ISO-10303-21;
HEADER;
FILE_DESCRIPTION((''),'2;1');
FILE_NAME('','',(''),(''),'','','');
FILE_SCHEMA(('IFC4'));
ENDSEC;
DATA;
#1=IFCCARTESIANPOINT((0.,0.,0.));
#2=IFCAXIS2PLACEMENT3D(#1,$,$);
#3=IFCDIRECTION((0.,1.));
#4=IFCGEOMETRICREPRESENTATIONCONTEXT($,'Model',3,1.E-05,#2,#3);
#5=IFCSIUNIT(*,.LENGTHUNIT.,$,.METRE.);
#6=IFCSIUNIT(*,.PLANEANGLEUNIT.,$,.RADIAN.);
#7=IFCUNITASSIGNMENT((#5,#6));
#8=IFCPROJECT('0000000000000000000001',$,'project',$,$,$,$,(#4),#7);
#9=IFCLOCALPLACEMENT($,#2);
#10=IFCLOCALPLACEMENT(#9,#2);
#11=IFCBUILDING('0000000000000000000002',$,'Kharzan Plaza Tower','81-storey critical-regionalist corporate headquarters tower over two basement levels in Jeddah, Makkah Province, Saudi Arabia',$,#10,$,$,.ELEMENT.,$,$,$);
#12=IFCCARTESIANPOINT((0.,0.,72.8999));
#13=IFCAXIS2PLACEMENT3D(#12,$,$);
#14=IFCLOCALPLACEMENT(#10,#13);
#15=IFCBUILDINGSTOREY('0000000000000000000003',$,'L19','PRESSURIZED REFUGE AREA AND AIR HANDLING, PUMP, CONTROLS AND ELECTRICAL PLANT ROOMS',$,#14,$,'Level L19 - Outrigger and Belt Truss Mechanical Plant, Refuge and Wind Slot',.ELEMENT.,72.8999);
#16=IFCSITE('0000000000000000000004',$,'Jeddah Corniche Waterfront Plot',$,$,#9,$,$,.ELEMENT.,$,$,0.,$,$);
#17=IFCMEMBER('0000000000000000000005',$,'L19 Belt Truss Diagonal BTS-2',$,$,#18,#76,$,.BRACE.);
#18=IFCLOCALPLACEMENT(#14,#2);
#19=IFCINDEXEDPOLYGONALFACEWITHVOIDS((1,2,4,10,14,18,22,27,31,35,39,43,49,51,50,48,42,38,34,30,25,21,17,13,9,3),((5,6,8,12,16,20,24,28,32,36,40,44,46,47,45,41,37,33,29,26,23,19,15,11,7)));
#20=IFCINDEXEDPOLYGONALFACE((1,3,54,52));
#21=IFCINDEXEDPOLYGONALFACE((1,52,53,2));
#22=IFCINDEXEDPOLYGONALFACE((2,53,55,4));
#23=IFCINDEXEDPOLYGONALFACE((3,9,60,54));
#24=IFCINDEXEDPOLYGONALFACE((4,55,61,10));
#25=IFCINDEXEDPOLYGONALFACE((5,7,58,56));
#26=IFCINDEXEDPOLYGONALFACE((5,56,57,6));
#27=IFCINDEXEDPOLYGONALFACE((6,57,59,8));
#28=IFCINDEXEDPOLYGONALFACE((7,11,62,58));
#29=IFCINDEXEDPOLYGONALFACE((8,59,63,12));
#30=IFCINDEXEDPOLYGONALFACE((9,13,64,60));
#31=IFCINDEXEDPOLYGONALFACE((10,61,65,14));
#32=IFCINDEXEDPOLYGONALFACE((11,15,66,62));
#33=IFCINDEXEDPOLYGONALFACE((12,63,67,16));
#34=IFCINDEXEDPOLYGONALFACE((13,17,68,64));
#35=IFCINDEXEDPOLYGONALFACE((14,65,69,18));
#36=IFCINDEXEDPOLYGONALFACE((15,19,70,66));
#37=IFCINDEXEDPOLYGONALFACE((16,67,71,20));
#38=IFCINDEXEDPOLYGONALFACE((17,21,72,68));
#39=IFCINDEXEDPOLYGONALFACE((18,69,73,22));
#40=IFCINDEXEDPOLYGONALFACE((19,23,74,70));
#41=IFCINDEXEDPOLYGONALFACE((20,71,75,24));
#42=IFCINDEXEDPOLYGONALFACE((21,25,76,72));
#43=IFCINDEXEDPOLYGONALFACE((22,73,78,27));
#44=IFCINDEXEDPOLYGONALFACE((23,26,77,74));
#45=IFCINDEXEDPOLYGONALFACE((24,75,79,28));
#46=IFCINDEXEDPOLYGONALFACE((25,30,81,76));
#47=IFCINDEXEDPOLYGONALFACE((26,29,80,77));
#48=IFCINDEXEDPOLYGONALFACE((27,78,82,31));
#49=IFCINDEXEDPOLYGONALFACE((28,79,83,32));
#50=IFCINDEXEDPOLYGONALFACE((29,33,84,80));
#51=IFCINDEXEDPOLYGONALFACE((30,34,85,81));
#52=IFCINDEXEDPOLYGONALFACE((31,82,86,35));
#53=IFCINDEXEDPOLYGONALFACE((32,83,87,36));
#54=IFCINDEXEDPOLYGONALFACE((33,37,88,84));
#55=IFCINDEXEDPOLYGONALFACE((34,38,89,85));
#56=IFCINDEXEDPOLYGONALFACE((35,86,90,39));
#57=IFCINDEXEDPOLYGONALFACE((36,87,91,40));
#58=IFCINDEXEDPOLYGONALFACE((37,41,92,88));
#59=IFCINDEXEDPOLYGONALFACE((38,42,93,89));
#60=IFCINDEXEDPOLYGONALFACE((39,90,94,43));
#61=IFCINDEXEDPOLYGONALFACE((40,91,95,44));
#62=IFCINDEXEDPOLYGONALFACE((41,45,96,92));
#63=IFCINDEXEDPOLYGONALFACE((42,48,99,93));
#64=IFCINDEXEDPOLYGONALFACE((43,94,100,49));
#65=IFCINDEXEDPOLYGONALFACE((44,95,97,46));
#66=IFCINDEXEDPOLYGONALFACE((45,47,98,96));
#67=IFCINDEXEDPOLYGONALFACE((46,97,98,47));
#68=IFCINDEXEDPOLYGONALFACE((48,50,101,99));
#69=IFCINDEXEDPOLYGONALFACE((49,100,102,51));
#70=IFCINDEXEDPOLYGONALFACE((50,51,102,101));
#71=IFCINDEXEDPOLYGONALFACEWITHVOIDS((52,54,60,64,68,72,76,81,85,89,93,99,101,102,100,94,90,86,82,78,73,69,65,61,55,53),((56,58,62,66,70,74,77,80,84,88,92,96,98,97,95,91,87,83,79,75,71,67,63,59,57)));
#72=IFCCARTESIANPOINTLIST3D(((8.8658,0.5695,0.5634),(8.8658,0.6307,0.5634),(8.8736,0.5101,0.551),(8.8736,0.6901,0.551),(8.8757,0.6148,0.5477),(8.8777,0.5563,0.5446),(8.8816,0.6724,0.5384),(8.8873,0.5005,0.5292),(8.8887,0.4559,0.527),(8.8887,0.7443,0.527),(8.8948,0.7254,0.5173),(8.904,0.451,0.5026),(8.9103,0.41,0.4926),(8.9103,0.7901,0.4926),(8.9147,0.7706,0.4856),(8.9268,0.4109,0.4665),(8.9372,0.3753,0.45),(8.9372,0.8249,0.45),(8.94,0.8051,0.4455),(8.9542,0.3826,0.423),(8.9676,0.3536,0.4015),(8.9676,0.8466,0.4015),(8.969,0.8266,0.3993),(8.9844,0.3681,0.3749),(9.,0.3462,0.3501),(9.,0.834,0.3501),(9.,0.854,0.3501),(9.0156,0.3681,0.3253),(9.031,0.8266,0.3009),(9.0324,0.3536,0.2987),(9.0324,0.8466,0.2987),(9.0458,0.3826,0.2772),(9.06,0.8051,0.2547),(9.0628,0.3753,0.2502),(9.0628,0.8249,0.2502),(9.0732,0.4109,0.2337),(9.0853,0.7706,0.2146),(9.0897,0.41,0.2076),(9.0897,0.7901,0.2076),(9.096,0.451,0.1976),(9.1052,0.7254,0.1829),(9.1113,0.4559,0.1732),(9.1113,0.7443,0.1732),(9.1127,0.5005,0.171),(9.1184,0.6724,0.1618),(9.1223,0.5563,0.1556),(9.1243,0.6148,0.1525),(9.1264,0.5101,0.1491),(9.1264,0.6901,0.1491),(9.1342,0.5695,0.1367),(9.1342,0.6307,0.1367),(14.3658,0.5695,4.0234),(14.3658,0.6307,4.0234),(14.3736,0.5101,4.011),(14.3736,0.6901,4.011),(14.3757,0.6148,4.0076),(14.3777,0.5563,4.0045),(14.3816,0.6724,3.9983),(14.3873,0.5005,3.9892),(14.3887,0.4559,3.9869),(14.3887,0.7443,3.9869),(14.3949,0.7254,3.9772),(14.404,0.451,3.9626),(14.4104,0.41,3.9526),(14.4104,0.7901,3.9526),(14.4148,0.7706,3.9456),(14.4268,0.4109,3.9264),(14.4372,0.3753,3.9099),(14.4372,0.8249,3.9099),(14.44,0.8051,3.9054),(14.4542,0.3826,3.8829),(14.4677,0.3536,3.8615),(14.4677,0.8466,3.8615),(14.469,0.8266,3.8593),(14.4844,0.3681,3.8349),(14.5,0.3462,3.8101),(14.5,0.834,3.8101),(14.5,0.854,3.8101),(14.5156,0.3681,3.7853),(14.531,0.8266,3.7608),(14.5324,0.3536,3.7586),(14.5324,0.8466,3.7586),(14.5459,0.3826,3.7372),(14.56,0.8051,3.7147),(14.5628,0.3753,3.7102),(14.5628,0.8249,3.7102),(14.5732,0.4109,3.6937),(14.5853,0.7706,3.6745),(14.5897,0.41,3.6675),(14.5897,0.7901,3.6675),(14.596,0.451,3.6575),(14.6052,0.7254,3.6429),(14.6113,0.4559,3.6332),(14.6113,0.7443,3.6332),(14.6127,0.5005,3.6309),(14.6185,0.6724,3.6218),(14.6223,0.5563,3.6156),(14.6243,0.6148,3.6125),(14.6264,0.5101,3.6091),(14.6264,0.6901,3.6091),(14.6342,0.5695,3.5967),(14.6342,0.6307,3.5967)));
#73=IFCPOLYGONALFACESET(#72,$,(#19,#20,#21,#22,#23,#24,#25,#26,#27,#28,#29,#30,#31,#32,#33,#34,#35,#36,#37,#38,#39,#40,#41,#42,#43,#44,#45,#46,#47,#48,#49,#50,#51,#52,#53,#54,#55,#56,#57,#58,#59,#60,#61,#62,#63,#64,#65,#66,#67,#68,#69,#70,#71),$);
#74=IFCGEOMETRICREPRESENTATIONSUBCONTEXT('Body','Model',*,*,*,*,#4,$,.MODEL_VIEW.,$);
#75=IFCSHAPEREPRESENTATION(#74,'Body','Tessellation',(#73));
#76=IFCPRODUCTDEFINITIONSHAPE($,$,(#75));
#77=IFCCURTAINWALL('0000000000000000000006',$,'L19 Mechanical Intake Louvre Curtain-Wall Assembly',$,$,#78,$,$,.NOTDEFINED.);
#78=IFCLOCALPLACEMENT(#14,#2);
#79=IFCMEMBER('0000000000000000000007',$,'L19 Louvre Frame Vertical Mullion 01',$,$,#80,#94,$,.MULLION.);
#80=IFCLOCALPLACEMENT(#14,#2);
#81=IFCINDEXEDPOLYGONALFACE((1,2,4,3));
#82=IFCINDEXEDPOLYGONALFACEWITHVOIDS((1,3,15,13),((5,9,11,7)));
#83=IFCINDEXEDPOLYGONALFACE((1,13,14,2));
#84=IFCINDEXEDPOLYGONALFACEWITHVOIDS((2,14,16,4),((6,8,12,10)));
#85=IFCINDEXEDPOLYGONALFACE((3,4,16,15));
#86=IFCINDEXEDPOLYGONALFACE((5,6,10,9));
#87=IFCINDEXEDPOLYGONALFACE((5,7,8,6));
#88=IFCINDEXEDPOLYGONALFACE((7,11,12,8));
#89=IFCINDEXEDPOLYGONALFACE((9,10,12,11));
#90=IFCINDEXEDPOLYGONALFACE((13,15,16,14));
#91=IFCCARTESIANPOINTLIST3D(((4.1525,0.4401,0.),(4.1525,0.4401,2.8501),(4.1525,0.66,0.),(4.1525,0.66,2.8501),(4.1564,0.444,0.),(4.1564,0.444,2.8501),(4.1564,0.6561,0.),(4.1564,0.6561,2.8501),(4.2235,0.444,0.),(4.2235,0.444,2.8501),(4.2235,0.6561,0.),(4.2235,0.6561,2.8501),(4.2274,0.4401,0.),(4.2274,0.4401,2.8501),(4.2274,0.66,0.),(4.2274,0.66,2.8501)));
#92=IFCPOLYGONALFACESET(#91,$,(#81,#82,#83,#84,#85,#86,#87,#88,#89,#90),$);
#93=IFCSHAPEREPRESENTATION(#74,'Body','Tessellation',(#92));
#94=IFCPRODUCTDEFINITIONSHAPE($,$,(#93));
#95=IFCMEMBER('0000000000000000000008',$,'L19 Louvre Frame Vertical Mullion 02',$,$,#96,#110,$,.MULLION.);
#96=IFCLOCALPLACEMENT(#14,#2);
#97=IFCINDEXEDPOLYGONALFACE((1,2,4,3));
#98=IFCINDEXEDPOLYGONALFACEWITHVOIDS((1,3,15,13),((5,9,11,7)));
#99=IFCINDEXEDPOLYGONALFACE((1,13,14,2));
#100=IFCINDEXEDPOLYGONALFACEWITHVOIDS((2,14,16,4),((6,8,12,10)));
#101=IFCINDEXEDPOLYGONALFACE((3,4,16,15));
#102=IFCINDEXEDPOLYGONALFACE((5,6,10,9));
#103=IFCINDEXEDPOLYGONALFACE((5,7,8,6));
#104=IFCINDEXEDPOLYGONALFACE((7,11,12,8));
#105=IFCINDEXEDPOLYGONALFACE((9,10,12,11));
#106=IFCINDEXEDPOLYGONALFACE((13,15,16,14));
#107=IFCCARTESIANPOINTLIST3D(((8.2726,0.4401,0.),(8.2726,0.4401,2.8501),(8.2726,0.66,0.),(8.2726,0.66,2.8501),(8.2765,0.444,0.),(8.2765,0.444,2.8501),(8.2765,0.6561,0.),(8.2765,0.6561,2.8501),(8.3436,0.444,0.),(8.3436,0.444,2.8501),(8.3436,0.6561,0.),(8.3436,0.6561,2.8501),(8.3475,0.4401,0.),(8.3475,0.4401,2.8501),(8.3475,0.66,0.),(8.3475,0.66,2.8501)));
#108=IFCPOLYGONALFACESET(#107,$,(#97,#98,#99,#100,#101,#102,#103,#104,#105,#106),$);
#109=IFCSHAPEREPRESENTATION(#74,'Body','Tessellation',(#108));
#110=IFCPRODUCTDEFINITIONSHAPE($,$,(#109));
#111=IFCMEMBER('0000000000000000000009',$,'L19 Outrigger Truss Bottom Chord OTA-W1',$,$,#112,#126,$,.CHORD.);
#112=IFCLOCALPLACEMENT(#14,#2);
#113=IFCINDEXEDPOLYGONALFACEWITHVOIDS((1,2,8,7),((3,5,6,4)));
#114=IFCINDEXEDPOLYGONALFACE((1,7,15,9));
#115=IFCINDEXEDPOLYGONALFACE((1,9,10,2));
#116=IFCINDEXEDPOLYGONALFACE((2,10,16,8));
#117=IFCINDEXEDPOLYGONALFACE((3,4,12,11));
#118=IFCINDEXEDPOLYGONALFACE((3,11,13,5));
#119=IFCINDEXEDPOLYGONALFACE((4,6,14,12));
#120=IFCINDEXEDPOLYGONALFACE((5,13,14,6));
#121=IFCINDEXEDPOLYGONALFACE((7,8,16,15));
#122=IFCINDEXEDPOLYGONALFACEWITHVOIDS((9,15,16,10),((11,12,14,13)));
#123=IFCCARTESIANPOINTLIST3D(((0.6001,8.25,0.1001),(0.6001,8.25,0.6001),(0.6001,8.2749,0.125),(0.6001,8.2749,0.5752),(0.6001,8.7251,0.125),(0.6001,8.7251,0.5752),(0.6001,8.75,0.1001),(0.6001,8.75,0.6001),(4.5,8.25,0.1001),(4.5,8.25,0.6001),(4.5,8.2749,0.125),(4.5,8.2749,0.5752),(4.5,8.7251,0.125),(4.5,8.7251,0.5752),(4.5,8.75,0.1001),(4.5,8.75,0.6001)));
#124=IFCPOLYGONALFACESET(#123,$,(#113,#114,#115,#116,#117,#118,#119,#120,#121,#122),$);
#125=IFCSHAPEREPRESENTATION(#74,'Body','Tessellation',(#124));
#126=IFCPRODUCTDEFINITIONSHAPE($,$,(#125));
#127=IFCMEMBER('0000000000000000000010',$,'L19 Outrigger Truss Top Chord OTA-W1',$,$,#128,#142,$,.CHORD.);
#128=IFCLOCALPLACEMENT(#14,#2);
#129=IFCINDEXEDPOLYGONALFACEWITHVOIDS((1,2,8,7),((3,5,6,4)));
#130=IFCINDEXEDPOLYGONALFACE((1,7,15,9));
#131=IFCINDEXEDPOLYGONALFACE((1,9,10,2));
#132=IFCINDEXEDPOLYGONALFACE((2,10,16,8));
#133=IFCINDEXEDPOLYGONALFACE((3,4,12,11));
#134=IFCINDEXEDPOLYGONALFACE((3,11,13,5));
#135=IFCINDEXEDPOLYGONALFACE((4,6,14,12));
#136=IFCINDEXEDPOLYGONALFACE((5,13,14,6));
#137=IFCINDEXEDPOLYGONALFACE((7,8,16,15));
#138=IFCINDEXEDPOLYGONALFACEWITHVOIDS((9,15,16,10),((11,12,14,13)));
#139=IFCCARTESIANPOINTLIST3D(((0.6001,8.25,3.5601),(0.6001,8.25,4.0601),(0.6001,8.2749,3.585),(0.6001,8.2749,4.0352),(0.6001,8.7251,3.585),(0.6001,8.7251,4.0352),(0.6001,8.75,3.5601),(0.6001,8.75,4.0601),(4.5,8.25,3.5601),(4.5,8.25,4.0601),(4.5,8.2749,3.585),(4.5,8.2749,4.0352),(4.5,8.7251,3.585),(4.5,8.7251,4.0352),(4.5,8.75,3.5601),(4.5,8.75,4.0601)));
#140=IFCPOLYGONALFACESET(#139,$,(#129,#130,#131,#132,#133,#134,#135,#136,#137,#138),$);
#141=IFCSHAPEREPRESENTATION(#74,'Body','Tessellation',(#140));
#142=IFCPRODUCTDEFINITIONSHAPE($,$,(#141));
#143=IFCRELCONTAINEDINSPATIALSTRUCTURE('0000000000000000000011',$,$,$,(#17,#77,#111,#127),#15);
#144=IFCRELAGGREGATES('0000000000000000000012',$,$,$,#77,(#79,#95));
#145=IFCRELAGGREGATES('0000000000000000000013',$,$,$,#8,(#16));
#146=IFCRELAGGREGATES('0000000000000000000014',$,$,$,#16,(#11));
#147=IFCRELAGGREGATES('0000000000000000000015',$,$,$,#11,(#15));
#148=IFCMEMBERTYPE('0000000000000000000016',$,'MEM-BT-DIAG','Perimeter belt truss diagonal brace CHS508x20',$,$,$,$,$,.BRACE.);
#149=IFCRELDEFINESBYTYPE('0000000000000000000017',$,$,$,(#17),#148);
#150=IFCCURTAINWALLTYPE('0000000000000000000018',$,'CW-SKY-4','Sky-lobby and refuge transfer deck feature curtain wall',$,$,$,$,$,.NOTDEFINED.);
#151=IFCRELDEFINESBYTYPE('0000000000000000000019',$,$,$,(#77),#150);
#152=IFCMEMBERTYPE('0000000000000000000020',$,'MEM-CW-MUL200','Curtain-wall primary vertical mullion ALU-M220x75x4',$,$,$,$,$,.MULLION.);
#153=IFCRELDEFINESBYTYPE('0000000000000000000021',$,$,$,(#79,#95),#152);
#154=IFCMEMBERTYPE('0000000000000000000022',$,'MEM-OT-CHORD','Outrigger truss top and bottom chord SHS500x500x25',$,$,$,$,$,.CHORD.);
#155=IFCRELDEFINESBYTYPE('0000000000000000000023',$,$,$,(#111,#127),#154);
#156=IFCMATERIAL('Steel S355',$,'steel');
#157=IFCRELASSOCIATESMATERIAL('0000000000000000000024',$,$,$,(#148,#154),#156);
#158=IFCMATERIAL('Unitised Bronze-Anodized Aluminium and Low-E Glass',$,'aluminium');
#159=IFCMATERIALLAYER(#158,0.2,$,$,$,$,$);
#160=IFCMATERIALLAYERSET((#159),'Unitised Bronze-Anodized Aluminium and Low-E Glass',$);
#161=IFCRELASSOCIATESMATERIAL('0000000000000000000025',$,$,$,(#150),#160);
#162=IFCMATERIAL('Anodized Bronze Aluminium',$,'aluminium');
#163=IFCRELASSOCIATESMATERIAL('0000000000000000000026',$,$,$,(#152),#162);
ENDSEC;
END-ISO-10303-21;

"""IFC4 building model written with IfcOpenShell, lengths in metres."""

from ifc_helpers import new_model, si_unit, direction, frame, origin, origin_2d, place, context, subcontext, project, spatial, hollow_rectangle, hollow_circle, extrude, source, transform, mapped, material, layer, layer_set, material_profile, profile_set, type_object, element, aggregate, save


model = new_model("IFC4")

# Units and contexts
model_context = context("Model", 3, precision=1e-05, world=origin(), true_north=direction((0.0, 1.0)))
body_context = subcontext(model_context, "Body", "Model", "MODEL_VIEW")
ifc_project = project(units=[si_unit("LENGTHUNIT", "METRE"), si_unit("PLANEANGLEUNIT", "RADIAN")], contexts=[model_context])

# Site, building, storey
site_placement = place(None, origin())
site = spatial("IfcSite", under=ifc_project, at=site_placement, Name="Jeddah Corniche Waterfront Plot", CompositionType="ELEMENT", RefElevation=0.0)
building_placement = place(site_placement, origin())
building = spatial("IfcBuilding", under=site, at=building_placement, Name="Kharzan Plaza Tower", Description="81-storey critical-regionalist corporate headquarters tower over two basement levels in Jeddah, Makkah Province, Saudi Arabia", CompositionType="ELEMENT")
storey_placement = place(building_placement, frame((0.0, 0.0, 72.8999)))
storey = spatial("IfcBuildingStorey", under=building, at=storey_placement, Name="L19", Description="PRESSURIZED REFUGE AREA AND AIR HANDLING, PUMP, CONTROLS AND ELECTRICAL PLANT ROOMS", LongName="Level L19 - Outrigger and Belt Truss Mechanical Plant, Refuge and Wind Slot", CompositionType="ELEMENT", Elevation=72.8999)

# Shared definitions
ifc_material_1 = material(Name="Steel S355", Category="steel")

# Member
ifc_material_profile_1 = material_profile(ifc_material_1, hollow_circle(Radius=0.2539, WallThickness=0.02, at=origin_2d()), Name="CHS508x20")
ifc_profile_set_1 = profile_set([ifc_material_profile_1], Name="Steel S355")
member_type_1 = type_object("IfcMemberType", Name="MEM-BT-DIAG", Description="Perimeter belt truss diagonal brace CHS508x20", PredefinedType="BRACE", material=ifc_profile_set_1)
shared_shape_1 = source(origin(), body_context, "Body", "SweptSolid", [
    extrude(hollow_circle(Radius=0.2539, WallThickness=0.02, at=origin_2d()), origin(), (0.0, 0.0, 1.0), 6.4978),
])
member_1_placement = place(storey_placement, frame((9.0, 0.6001, 0.3501), z_axis=(0.846441, 0.0, 0.532482), x_axis=(0.0, 1.0, 0.0)))
element("IfcMember", 1, at=member_1_placement, inside=storey, type_object=member_type_1, Name="L19 Belt Truss Diagonal BTS-2", PredefinedType="BRACE", context=body_context, shape_type="MappedRepresentation", body=[
    mapped(shared_shape_1, transform((0.0, 0.0, 0.0), x_axis=(1.0, 0.0, 0.0), y_axis=(0.0, 1.0, 0.0), z_axis=(0.0, 0.0, 1.0))),
])

# Curtain wall, members
ifc_material_2 = material(Name="Unitised Bronze-Anodized Aluminium and Low-E Glass", Category="aluminium")
ifc_layer_1 = layer(ifc_material_2, 0.2)
ifc_layer_set_1 = layer_set([ifc_layer_1], Name="Unitised Bronze-Anodized Aluminium and Low-E Glass")
curtain_wall_type = type_object("IfcCurtainWallType", Name="CW-SKY-4", Description="Sky-lobby and refuge transfer deck feature curtain wall", PredefinedType="NOTDEFINED", material=ifc_layer_set_1)
curtain_wall_placement = place(storey_placement, origin())
curtain_wall = element("IfcCurtainWall", 2, at=curtain_wall_placement, inside=storey, type_object=curtain_wall_type, Name="L19 Mechanical Intake Louvre Curtain-Wall Assembly", PredefinedType="NOTDEFINED")
ifc_material_3 = material(Name="Anodized Bronze Aluminium", Category="aluminium")
ifc_material_profile_2 = material_profile(ifc_material_3, hollow_rectangle(XDim=0.075, YDim=0.22, WallThickness=0.0039, at=origin_2d()), Name="ALU-M220x75x4")
ifc_profile_set_2 = profile_set([ifc_material_profile_2], Name="Anodized Bronze Aluminium")
member_type_2 = type_object("IfcMemberType", Name="MEM-CW-MUL200", Description="Curtain-wall primary vertical mullion ALU-M220x75x4", PredefinedType="MULLION", material=ifc_profile_set_2)
shared_shape_2 = source(origin(), body_context, "Body", "SweptSolid", [
    extrude(hollow_rectangle(XDim=0.075, YDim=0.22, WallThickness=0.0039, at=origin_2d()), origin(), (0.0, 0.0, 1.0), 2.8501),
])
member_2_placement = place(storey_placement, frame((4.1899, 0.55, 0.0), z_axis=(0.0, 0.0, 1.0), x_axis=(1.0, 0.0, 0.0)))
member_2 = element("IfcMember", 3, at=member_2_placement, type_object=member_type_2, Name="L19 Louvre Frame Vertical Mullion 01", PredefinedType="MULLION", context=body_context, shape_type="MappedRepresentation", body=[
    mapped(shared_shape_2, transform((0.0, 0.0, 0.0), x_axis=(1.0, 0.0, 0.0), y_axis=(0.0, 1.0, 0.0), z_axis=(0.0, 0.0, 1.0))),
])
member_3_placement = place(storey_placement, frame((8.3101, 0.55, 0.0), z_axis=(0.0, 0.0, 1.0), x_axis=(1.0, 0.0, 0.0)))
member_3 = element("IfcMember", 4, at=member_3_placement, type_object=member_type_2, Name="L19 Louvre Frame Vertical Mullion 02", PredefinedType="MULLION", context=body_context, shape_type="MappedRepresentation", body=[
    mapped(shared_shape_2, transform((0.0, 0.0, 0.0), x_axis=(1.0, 0.0, 0.0), y_axis=(0.0, 1.0, 0.0), z_axis=(0.0, 0.0, 1.0))),
])
aggregate(curtain_wall, [member_2, member_3])

# Members
ifc_material_profile_3 = material_profile(ifc_material_1, hollow_rectangle(XDim=0.5, YDim=0.5, WallThickness=0.0249, at=origin_2d()), Name="SHS500x500x25")
ifc_profile_set_3 = profile_set([ifc_material_profile_3], Name="Steel S355")
member_type_3 = type_object("IfcMemberType", Name="MEM-OT-CHORD", Description="Outrigger truss top and bottom chord SHS500x500x25", PredefinedType="CHORD", material=ifc_profile_set_3)
shared_shape_3 = source(origin(), body_context, "Body", "SweptSolid", [
    extrude(hollow_rectangle(XDim=0.5, YDim=0.5, WallThickness=0.0249, at=origin_2d()), origin(), (0.0, 0.0, 1.0), 3.8999),
])
for number, where, z_axis, x_axis, name in (
    (5, (4.5, 8.5, 0.3501), (-1.0, 0.0, 0.0), (0.0, -1.0, 0.0), "L19 Outrigger Truss Bottom Chord OTA-W1"),
    (6, (4.5, 8.5, 3.8101), (-1.0, 0.0, 0.0), (0.0, -1.0, 0.0), "L19 Outrigger Truss Top Chord OTA-W1"),
):
    element("IfcMember", number, at=place(storey_placement, frame(where, z_axis=z_axis, x_axis=x_axis)), inside=storey, type_object=member_type_3, Name=name, PredefinedType="CHORD", context=body_context, shape_type="MappedRepresentation", body=[
        mapped(shared_shape_3, transform((0.0, 0.0, 0.0), x_axis=(1.0, 0.0, 0.0), y_axis=(0.0, 1.0, 0.0), z_axis=(0.0, 0.0, 1.0))),
    ])

save(model, "model.ifc")
